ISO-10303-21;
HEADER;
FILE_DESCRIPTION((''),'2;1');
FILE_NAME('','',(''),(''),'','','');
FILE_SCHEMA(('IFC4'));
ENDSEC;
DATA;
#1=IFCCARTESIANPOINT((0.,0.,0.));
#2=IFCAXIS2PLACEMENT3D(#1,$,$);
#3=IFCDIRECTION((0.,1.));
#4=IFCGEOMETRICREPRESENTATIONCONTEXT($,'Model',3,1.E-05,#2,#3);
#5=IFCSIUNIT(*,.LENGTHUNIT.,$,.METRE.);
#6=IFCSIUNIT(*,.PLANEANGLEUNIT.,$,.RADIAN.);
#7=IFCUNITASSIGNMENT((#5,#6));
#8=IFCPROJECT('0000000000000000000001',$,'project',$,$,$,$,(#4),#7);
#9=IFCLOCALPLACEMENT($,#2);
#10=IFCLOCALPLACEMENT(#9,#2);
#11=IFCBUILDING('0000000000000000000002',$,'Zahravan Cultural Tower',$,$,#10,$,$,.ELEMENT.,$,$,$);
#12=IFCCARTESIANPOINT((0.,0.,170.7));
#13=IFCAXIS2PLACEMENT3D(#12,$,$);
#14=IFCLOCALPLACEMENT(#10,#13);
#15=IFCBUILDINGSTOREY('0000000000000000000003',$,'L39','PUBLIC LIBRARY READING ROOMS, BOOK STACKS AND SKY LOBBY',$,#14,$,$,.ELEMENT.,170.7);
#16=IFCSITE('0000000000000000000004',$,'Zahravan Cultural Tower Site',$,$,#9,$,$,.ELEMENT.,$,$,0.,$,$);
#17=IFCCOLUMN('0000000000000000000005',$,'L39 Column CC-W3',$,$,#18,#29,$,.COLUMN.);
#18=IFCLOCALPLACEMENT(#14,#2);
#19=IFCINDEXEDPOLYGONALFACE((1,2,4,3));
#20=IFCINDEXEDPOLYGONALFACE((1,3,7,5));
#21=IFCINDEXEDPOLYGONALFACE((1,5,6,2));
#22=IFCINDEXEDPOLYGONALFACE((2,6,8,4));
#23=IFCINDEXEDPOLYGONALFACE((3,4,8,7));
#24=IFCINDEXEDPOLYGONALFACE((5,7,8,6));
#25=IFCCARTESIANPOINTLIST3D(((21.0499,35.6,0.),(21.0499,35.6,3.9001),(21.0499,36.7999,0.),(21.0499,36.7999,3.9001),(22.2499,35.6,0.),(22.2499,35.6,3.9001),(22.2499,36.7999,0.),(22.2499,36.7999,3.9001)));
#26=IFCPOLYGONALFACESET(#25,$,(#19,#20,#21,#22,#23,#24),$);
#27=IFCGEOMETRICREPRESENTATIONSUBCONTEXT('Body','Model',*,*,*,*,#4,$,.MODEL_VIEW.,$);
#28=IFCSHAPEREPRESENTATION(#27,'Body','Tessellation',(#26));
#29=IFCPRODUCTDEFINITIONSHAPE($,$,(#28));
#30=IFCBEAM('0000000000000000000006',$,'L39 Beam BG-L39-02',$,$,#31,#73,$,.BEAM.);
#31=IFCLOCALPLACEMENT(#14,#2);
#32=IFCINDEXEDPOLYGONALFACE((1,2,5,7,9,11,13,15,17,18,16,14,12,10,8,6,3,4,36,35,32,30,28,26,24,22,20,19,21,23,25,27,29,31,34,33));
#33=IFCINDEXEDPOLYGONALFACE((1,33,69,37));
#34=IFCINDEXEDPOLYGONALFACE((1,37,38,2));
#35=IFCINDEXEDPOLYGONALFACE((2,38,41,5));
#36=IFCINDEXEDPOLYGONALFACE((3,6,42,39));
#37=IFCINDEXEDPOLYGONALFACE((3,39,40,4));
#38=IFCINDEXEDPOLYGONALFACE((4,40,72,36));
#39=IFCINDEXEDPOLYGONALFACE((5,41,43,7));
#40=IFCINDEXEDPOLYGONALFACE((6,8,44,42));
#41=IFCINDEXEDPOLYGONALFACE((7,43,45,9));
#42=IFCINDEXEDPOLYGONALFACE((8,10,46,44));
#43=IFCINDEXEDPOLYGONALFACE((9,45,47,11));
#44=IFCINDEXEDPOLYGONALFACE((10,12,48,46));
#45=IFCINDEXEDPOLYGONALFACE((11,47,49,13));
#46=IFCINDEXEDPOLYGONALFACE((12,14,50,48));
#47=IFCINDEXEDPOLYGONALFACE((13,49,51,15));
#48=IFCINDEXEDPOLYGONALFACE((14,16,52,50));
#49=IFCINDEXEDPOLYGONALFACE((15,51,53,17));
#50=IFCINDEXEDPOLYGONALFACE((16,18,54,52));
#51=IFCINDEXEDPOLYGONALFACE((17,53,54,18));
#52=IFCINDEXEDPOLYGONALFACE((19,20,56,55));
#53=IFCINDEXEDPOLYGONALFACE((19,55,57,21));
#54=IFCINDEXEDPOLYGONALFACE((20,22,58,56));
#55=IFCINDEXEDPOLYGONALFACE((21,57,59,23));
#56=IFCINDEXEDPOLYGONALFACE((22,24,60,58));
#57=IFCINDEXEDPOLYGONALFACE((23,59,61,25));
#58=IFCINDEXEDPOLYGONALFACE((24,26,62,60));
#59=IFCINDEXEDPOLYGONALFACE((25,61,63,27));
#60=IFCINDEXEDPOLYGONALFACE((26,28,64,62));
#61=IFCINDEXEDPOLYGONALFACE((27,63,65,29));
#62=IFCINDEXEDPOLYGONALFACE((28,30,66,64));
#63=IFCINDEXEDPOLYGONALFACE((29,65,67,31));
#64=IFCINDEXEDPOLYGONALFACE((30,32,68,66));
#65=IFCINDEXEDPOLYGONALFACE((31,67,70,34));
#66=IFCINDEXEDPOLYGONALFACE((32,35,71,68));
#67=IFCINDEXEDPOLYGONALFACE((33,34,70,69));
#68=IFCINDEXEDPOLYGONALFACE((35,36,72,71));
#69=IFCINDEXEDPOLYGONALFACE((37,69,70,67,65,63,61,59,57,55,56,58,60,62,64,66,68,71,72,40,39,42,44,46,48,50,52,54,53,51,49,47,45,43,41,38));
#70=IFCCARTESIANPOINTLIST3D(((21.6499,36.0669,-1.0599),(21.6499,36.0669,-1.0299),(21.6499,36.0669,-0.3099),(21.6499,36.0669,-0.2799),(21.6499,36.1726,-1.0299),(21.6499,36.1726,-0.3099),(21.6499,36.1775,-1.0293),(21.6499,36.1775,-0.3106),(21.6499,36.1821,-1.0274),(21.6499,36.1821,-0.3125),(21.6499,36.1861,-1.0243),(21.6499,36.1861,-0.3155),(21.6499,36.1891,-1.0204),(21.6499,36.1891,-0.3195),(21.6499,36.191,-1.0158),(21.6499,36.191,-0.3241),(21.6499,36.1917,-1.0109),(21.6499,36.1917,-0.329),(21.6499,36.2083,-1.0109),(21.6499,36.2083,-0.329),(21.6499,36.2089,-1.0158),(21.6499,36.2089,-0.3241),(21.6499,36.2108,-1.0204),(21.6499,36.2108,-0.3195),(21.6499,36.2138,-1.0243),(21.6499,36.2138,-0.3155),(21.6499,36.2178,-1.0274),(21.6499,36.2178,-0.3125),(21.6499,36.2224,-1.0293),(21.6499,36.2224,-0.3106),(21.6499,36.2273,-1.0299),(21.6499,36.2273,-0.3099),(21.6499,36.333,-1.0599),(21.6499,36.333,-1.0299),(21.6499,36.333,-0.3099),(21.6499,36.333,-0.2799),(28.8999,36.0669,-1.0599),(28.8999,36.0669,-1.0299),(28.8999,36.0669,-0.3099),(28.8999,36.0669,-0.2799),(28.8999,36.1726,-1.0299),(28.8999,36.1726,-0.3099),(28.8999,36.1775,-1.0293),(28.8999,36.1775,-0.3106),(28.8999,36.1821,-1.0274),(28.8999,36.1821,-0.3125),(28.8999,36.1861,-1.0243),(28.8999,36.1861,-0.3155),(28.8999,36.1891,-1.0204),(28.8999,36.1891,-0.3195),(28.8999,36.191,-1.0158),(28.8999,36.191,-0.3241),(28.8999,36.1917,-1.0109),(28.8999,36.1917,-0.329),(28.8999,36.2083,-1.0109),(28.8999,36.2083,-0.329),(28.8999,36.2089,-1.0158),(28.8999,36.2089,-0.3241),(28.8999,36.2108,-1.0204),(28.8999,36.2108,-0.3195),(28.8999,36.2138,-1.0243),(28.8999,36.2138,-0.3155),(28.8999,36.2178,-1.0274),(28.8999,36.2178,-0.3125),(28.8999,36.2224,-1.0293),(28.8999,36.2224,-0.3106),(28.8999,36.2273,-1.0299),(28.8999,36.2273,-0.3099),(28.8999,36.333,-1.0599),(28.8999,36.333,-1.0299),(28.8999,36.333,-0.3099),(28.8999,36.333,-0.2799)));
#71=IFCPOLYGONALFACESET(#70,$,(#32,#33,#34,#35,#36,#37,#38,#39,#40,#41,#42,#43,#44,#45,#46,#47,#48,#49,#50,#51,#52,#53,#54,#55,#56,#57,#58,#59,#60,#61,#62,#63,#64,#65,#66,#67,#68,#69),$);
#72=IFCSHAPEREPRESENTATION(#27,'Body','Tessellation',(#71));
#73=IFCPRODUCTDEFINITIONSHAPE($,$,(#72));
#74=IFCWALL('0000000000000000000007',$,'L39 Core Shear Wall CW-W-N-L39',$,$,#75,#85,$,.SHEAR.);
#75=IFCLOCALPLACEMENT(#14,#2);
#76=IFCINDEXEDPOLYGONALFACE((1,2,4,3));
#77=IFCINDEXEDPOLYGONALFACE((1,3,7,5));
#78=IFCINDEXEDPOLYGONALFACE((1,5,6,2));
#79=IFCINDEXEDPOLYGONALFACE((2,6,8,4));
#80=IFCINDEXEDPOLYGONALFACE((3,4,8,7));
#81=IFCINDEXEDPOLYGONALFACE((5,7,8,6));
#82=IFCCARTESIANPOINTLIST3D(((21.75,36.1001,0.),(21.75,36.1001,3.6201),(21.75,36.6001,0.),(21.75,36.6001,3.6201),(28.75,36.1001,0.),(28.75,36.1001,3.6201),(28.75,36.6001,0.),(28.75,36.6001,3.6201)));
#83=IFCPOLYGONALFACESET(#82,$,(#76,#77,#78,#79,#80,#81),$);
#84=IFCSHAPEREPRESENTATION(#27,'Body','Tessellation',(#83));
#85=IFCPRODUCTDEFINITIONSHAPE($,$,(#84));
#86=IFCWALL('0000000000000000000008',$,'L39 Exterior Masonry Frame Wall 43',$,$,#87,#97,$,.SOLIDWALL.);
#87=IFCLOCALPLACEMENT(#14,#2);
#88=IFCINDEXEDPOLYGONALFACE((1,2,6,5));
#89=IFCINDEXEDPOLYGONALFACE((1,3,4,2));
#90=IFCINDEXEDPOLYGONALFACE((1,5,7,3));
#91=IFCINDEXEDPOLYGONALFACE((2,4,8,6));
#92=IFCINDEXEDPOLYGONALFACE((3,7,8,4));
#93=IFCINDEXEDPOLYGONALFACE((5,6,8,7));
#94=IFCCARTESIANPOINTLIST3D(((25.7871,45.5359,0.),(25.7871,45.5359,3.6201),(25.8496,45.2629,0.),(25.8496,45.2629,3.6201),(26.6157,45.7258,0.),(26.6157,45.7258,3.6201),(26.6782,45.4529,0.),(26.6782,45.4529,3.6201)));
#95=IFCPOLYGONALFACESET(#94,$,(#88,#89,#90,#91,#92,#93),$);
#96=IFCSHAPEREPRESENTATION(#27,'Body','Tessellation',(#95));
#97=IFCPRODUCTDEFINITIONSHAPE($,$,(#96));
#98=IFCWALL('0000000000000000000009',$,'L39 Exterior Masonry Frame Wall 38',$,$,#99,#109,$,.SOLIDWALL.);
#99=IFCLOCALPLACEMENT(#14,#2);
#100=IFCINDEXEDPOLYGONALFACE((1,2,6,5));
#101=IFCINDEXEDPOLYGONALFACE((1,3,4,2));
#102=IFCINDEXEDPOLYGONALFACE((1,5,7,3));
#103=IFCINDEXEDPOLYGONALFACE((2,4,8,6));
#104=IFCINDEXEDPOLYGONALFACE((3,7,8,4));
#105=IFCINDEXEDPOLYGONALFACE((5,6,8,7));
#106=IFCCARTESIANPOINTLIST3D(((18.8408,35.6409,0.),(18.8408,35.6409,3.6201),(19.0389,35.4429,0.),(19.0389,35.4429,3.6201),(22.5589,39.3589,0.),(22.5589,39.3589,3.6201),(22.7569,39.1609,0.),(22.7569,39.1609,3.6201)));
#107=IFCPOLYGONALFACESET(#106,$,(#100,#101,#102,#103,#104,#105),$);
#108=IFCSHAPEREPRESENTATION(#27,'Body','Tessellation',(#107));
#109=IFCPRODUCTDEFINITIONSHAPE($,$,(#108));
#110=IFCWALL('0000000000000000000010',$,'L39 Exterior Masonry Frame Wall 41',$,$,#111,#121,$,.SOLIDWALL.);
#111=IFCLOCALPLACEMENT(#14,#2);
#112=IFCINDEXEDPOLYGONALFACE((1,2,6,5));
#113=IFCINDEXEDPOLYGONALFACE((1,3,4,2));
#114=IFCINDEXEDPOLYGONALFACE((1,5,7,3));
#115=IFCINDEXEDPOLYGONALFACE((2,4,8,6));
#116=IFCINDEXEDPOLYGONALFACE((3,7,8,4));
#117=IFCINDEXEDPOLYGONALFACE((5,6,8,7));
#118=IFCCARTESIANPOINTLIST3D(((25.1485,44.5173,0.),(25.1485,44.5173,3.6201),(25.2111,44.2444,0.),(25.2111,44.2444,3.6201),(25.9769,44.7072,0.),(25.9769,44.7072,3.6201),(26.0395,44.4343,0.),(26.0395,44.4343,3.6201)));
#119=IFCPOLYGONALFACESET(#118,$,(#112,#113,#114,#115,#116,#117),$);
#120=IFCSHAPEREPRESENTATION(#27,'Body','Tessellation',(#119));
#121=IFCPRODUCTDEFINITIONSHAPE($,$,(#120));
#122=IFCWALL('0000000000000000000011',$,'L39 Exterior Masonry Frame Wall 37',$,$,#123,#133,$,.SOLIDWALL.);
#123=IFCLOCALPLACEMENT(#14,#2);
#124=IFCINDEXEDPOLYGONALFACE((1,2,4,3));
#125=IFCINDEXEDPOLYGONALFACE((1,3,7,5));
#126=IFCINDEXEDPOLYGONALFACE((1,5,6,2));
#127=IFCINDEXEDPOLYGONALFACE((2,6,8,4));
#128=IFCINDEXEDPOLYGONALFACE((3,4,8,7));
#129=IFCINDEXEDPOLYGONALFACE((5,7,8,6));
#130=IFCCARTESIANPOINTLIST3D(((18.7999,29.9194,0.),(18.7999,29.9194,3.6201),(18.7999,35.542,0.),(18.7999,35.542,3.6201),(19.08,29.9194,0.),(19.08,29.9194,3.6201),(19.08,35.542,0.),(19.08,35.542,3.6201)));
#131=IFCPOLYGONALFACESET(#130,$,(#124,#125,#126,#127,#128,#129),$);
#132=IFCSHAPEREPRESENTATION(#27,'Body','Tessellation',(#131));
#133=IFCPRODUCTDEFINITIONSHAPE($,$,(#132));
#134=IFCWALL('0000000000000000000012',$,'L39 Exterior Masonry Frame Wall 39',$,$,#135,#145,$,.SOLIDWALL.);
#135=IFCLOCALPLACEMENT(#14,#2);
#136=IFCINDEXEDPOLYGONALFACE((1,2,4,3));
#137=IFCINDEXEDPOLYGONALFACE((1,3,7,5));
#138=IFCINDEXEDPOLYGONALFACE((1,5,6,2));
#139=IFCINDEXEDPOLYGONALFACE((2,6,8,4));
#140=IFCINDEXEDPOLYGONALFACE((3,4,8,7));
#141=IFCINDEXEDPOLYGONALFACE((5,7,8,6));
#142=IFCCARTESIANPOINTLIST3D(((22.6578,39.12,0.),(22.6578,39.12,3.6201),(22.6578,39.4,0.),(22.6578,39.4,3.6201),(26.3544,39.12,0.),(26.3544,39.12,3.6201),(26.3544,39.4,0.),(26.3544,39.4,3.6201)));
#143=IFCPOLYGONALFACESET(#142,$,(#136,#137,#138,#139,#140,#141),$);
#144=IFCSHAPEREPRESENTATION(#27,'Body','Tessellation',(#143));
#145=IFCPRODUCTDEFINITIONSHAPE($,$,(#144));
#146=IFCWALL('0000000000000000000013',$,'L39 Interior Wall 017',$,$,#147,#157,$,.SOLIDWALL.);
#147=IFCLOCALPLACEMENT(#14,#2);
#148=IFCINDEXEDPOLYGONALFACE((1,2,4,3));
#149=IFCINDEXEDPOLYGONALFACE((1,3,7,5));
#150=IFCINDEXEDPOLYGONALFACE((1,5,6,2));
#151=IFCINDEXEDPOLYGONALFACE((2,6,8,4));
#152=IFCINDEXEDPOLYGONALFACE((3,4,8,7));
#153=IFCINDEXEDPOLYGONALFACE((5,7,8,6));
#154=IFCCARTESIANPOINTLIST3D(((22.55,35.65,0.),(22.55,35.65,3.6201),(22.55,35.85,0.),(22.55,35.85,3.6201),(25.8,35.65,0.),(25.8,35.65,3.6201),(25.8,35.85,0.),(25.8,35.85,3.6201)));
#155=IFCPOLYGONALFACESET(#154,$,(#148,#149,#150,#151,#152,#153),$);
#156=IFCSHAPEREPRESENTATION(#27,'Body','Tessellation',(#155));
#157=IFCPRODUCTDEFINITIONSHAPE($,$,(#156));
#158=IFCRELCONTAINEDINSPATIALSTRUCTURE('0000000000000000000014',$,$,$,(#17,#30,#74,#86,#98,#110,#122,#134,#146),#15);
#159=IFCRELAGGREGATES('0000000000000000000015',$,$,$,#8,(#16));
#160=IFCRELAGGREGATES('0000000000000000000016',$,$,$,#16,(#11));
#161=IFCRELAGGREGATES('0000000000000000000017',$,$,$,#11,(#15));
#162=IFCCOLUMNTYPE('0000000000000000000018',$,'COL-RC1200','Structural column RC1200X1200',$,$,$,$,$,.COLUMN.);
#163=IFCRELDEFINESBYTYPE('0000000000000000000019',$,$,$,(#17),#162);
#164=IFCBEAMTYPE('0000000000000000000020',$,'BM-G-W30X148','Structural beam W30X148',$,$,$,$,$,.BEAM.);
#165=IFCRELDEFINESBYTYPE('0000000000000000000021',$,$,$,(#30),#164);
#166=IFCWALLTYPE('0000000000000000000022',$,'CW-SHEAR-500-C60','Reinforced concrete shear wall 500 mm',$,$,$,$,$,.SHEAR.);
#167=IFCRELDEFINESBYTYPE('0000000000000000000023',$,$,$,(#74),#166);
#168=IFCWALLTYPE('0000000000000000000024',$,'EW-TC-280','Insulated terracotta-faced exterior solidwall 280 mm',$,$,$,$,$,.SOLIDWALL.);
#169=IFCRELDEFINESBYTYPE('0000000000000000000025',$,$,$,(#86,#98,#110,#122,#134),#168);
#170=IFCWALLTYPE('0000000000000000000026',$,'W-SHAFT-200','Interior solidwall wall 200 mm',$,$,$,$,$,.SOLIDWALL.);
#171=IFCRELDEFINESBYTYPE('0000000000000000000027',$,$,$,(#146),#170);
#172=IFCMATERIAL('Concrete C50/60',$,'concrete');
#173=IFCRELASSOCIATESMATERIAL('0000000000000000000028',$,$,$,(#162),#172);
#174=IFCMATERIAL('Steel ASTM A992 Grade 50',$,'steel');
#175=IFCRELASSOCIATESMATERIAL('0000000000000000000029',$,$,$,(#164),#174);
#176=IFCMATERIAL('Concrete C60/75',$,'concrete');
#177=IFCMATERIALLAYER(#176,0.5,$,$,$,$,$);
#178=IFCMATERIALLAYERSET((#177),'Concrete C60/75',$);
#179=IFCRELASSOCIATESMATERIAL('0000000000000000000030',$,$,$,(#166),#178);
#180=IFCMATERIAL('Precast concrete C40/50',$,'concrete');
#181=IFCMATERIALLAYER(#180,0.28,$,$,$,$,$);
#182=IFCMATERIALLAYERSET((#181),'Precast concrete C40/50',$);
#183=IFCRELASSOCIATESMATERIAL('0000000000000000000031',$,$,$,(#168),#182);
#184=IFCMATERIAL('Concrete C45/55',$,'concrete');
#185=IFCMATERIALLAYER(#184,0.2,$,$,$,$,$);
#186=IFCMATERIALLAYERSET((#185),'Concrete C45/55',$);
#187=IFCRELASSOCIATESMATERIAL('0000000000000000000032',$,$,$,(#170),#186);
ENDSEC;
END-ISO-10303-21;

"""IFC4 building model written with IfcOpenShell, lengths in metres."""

from ifc_helpers import new_model, si_unit, direction, frame, frame_2d, origin, origin_2d, place, context, subcontext, project, spatial, rectangle, i_section, extrude, source, transform, mapped, material, layer, layer_set, material_profile, profile_set, type_object, element, save


model = new_model("IFC4")

# Units and contexts
model_context = context("Model", 3, precision=1e-05, world=origin(), true_north=direction((0.0, 1.0)))
body_context = subcontext(model_context, "Body", "Model", "MODEL_VIEW")
ifc_project = project(units=[si_unit("LENGTHUNIT", "METRE"), si_unit("PLANEANGLEUNIT", "RADIAN")], contexts=[model_context])

# Site, building, storey
site_placement = place(None, origin())
site = spatial("IfcSite", under=ifc_project, at=site_placement, Name="Zahravan Cultural Tower Site", CompositionType="ELEMENT", RefElevation=0.0)
building_placement = place(site_placement, origin())
building = spatial("IfcBuilding", under=site, at=building_placement, Name="Zahravan Cultural Tower", CompositionType="ELEMENT")
storey_placement = place(building_placement, frame((0.0, 0.0, 170.7)))
storey = spatial("IfcBuildingStorey", under=building, at=storey_placement, Name="L39", Description="PUBLIC LIBRARY READING ROOMS, BOOK STACKS AND SKY LOBBY", CompositionType="ELEMENT", Elevation=170.7)

# Column
ifc_material_1 = material(Name="Concrete C50/60", Category="concrete")
ifc_material_profile_1 = material_profile(ifc_material_1, rectangle(XDim=1.2, YDim=1.2, at=origin_2d()), Name="RC1200X1200")
ifc_profile_set_1 = profile_set([ifc_material_profile_1], Name="Concrete C50/60")
column_type = type_object("IfcColumnType", Name="COL-RC1200", Description="Structural column RC1200X1200", PredefinedType="COLUMN", material=ifc_profile_set_1)
shared_shape_1 = source(origin(), body_context, "Body", "SweptSolid", [
    extrude(rectangle(XDim=1.2, YDim=1.2, at=origin_2d()), origin(), (0.0, 0.0, 1.0), 3.9001),
])
column_placement = place(storey_placement, frame((21.6499, 36.2, 0.0), z_axis=(0.0, 0.0, 1.0), x_axis=(1.0, 0.0, 0.0)))
element("IfcColumn", 1, at=column_placement, inside=storey, type_object=column_type, Name="L39 Column CC-W3", PredefinedType="COLUMN", context=body_context, shape_type="MappedRepresentation", body=[
    mapped(shared_shape_1, transform((0.0, 0.0, 0.0), x_axis=(1.0, 0.0, 0.0), y_axis=(0.0, 1.0, 0.0), z_axis=(0.0, 0.0, 1.0), scale=1.0)),
])

# Beam
ifc_material_2 = material(Name="Steel ASTM A992 Grade 50", Category="steel")
ifc_material_profile_2 = material_profile(ifc_material_2, i_section(OverallWidth=0.2661, OverallDepth=0.78, WebThickness=0.0166, FlangeThickness=0.03, FilletRadius=0.019, at=origin_2d()), Name="W30X148")
ifc_profile_set_2 = profile_set([ifc_material_profile_2], Name="Steel ASTM A992 Grade 50")
beam_type = type_object("IfcBeamType", Name="BM-G-W30X148", Description="Structural beam W30X148", PredefinedType="BEAM", material=ifc_profile_set_2)
shared_shape_2 = source(origin(), body_context, "Body", "SweptSolid", [
    extrude(i_section(OverallWidth=0.2661, OverallDepth=0.78, WebThickness=0.0166, FlangeThickness=0.03, FilletRadius=0.019, at=origin_2d()), origin(), (0.0, 0.0, 1.0), 7.25),
])
beam_placement = place(storey_placement, frame((21.6499, 36.2, -0.6699), z_axis=(1.0, 0.0, 0.0), x_axis=(0.0, 1.0, 0.0)))
element("IfcBeam", 2, at=beam_placement, inside=storey, type_object=beam_type, Name="L39 Beam BG-L39-02", PredefinedType="BEAM", context=body_context, shape_type="MappedRepresentation", body=[
    mapped(shared_shape_2, transform((0.0, 0.0, 0.0), x_axis=(1.0, 0.0, 0.0), y_axis=(0.0, 1.0, 0.0), z_axis=(0.0, 0.0, 1.0), scale=1.0)),
])

# Walls
ifc_material_3 = material(Name="Concrete C60/75", Category="concrete")
ifc_layer_1 = layer(ifc_material_3, 0.5)
ifc_layer_set_1 = layer_set([ifc_layer_1], Name="Concrete C60/75")
wall_type_1 = type_object("IfcWallType", Name="CW-SHEAR-500-C60", Description="Reinforced concrete shear wall 500 mm", PredefinedType="SHEAR", material=ifc_layer_set_1)
shared_shape_3 = source(origin(), body_context, "Body", "SweptSolid", [
    extrude(rectangle(XDim=7.0, YDim=0.5, at=frame_2d((3.5, 0.0))), origin(), (0.0, 0.0, 1.0), 3.6201),
])
wall_1_placement = place(storey_placement, frame((21.75, 36.3501, 0.0), z_axis=(0.0, 0.0, 1.0), x_axis=(1.0, 0.0, 0.0)))
element("IfcWall", 3, at=wall_1_placement, inside=storey, type_object=wall_type_1, Name="L39 Core Shear Wall CW-W-N-L39", PredefinedType="SHEAR", context=body_context, shape_type="MappedRepresentation", body=[
    mapped(shared_shape_3, transform((0.0, 0.0, 0.0), x_axis=(1.0, 0.0, 0.0), y_axis=(0.0, 1.0, 0.0), z_axis=(0.0, 0.0, 1.0), scale=1.0)),
])
ifc_material_4 = material(Name="Precast concrete C40/50", Category="concrete")
ifc_layer_2 = layer(ifc_material_4, 0.28)
ifc_layer_set_2 = layer_set([ifc_layer_2], Name="Precast concrete C40/50")
wall_type_2 = type_object("IfcWallType", Name="EW-TC-280", Description="Insulated terracotta-faced exterior solidwall 280 mm", PredefinedType="SOLIDWALL", material=ifc_layer_set_2)
shared_shape_4 = source(origin(), body_context, "Body", "SweptSolid", [
    extrude(rectangle(XDim=0.8501, YDim=0.28, at=frame_2d((0.425, 0.0))), origin(), (0.0, 0.0, 1.0), 3.6201),
])
wall_2_placement = place(storey_placement, frame((25.8184, 45.3994, 0.0), z_axis=(0.0, 0.0, 1.0), x_axis=(0.974719, 0.223433, 0.0)))
element("IfcWall", 4, at=wall_2_placement, inside=storey, type_object=wall_type_2, Name="L39 Exterior Masonry Frame Wall 43", PredefinedType="SOLIDWALL", context=body_context, shape_type="MappedRepresentation", body=[
    mapped(shared_shape_4, transform((0.0, 0.0, 0.0), x_axis=(1.0, 0.0, 0.0), y_axis=(0.0, 1.0, 0.0), z_axis=(0.0, 0.0, 1.0), scale=1.0)),
])
shared_shape_5 = source(origin(), body_context, "Body", "SweptSolid", [
    extrude(rectangle(XDim=5.2581, YDim=0.28, at=frame_2d((2.6289, 0.0))), origin(), (0.0, 0.0, 1.0), 3.6201),
])
wall_3_placement = place(storey_placement, frame((18.9399, 35.542, 0.0), z_axis=(0.0, 0.0, 1.0), x_axis=(0.707107, 0.707107, 0.0)))
element("IfcWall", 5, at=wall_3_placement, inside=storey, type_object=wall_type_2, Name="L39 Exterior Masonry Frame Wall 38", PredefinedType="SOLIDWALL", context=body_context, shape_type="MappedRepresentation", body=[
    mapped(shared_shape_5, transform((0.0, 0.0, 0.0), x_axis=(1.0, 0.0, 0.0), y_axis=(0.0, 1.0, 0.0), z_axis=(0.0, 0.0, 1.0), scale=1.0)),
])
shared_shape_6 = source(origin(), body_context, "Body", "SweptSolid", [
    extrude(rectangle(XDim=0.8499, YDim=0.28, at=frame_2d((0.4248, 0.0))), origin(), (0.0, 0.0, 1.0), 3.6201),
])
wall_4_placement = place(storey_placement, frame((25.1799, 44.3809, 0.0), z_axis=(0.0, 0.0, 1.0), x_axis=(0.974705, 0.223496, 0.0)))
element("IfcWall", 6, at=wall_4_placement, inside=storey, type_object=wall_type_2, Name="L39 Exterior Masonry Frame Wall 41", PredefinedType="SOLIDWALL", context=body_context, shape_type="MappedRepresentation", body=[
    mapped(shared_shape_6, transform((0.0, 0.0, 0.0), x_axis=(1.0, 0.0, 0.0), y_axis=(0.0, 1.0, 0.0), z_axis=(0.0, 0.0, 1.0), scale=1.0)),
])
shared_shape_7 = source(origin(), body_context, "Body", "SweptSolid", [
    extrude(rectangle(XDim=5.6226, YDim=0.28, at=frame_2d((2.8113, 0.0))), origin(), (0.0, 0.0, 1.0), 3.6201),
])
wall_5_placement = place(storey_placement, frame((18.9399, 29.9194, 0.0), z_axis=(0.0, 0.0, 1.0), x_axis=(0.0, 1.0, 0.0)))
element("IfcWall", 7, at=wall_5_placement, inside=storey, type_object=wall_type_2, Name="L39 Exterior Masonry Frame Wall 37", PredefinedType="SOLIDWALL", context=body_context, shape_type="MappedRepresentation", body=[
    mapped(shared_shape_7, transform((0.0, 0.0, 0.0), x_axis=(1.0, 0.0, 0.0), y_axis=(0.0, 1.0, 0.0), z_axis=(0.0, 0.0, 1.0), scale=1.0)),
])
shared_shape_8 = source(origin(), body_context, "Body", "SweptSolid", [
    extrude(rectangle(XDim=3.6965, YDim=0.28, at=frame_2d((1.8481, 0.0))), origin(), (0.0, 0.0, 1.0), 3.6201),
])
wall_6_placement = place(storey_placement, frame((22.658, 39.26, 0.0), z_axis=(0.0, 0.0, 1.0), x_axis=(1.0, 0.0, 0.0)))
element("IfcWall", 8, at=wall_6_placement, inside=storey, type_object=wall_type_2, Name="L39 Exterior Masonry Frame Wall 39", PredefinedType="SOLIDWALL", context=body_context, shape_type="MappedRepresentation", body=[
    mapped(shared_shape_8, transform((0.0, 0.0, 0.0), x_axis=(1.0, 0.0, 0.0), y_axis=(0.0, 1.0, 0.0), z_axis=(0.0, 0.0, 1.0), scale=1.0)),
])
ifc_material_5 = material(Name="Concrete C45/55", Category="concrete")
ifc_layer_3 = layer(ifc_material_5, 0.2)
ifc_layer_set_3 = layer_set([ifc_layer_3], Name="Concrete C45/55")
wall_type_3 = type_object("IfcWallType", Name="W-SHAFT-200", Description="Interior solidwall wall 200 mm", PredefinedType="SOLIDWALL", material=ifc_layer_set_3)
shared_shape_9 = source(origin(), body_context, "Body", "SweptSolid", [
    extrude(rectangle(XDim=3.25, YDim=0.2, at=frame_2d((1.625, 0.0))), origin(), (0.0, 0.0, 1.0), 3.6201),
])
wall_7_placement = place(storey_placement, frame((22.55, 35.75, 0.0), z_axis=(0.0, 0.0, 1.0), x_axis=(1.0, 0.0, 0.0)))
element("IfcWall", 9, at=wall_7_placement, inside=storey, type_object=wall_type_3, Name="L39 Interior Wall 017", PredefinedType="SOLIDWALL", context=body_context, shape_type="MappedRepresentation", body=[
    mapped(shared_shape_9, transform((0.0, 0.0, 0.0), x_axis=(1.0, 0.0, 0.0), y_axis=(0.0, 1.0, 0.0), z_axis=(0.0, 0.0, 1.0), scale=1.0)),
])

save(model, "model.ifc")
